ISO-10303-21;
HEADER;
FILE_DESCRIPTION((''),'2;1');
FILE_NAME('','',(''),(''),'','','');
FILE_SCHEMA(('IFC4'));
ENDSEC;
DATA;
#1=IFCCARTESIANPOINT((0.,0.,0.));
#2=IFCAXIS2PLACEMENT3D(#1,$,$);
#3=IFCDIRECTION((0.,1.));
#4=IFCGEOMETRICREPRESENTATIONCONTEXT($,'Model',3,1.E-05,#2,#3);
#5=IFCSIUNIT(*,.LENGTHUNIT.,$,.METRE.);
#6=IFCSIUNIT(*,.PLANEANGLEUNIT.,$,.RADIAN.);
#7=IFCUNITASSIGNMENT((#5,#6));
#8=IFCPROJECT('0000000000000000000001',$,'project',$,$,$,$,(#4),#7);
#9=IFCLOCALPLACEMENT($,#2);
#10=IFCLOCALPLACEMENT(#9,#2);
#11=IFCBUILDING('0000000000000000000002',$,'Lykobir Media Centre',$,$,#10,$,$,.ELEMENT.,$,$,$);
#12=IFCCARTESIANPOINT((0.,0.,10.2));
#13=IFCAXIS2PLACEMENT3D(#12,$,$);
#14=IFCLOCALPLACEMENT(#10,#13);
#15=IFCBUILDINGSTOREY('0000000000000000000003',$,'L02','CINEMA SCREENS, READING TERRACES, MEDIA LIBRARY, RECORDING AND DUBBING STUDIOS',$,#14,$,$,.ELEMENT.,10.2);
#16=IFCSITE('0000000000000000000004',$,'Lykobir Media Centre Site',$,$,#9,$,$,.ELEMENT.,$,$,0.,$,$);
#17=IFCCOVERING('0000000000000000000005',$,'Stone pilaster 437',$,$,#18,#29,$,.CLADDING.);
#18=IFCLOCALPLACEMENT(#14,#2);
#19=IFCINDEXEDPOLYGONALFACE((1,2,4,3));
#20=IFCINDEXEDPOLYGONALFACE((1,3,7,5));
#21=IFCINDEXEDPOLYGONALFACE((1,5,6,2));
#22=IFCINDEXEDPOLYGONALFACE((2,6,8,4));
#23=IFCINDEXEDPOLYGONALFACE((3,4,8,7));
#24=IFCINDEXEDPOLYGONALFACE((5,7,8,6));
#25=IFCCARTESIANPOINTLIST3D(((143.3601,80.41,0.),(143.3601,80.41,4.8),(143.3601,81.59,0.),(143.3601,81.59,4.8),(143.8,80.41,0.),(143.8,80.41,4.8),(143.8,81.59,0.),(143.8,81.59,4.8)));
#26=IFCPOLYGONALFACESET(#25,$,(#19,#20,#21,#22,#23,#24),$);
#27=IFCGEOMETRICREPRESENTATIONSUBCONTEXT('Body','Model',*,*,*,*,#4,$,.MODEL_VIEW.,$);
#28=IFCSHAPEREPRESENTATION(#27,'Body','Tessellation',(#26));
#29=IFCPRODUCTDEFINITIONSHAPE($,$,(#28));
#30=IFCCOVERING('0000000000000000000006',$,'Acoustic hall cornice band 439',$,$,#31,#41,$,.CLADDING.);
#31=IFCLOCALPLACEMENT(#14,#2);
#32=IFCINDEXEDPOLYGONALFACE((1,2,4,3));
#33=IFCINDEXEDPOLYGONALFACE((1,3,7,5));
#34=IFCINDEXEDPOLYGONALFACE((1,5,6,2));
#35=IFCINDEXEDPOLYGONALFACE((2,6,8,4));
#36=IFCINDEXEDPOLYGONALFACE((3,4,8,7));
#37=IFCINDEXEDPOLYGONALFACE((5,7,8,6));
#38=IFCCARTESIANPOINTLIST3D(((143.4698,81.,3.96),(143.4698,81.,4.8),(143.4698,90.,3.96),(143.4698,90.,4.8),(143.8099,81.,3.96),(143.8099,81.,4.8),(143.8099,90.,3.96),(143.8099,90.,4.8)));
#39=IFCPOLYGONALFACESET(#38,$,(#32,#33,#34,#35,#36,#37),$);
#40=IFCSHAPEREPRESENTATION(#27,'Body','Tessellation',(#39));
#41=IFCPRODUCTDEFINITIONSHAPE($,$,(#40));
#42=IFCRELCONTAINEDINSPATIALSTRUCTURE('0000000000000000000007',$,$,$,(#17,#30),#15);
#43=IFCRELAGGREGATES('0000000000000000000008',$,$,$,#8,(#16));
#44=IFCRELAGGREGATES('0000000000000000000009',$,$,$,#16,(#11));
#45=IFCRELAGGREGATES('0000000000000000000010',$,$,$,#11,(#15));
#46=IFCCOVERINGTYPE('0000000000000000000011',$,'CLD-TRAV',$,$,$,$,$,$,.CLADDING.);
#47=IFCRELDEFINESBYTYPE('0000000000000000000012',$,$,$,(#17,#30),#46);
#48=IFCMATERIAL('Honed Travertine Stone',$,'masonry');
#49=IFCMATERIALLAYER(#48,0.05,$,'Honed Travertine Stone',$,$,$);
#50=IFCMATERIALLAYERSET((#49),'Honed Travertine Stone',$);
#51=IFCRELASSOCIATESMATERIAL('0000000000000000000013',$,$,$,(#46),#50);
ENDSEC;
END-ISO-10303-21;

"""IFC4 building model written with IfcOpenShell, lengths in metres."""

from ifc_helpers import new_model, si_unit, direction, frame, origin, origin_2d, place, context, subcontext, project, spatial, rectangle, extrude, material, layer, layer_set, type_object, element, save


model = new_model("IFC4")

# Units and contexts
model_context = context("Model", 3, precision=1e-05, world=origin(), true_north=direction((0.0, 1.0)))
body_context = subcontext(model_context, "Body", "Model", "MODEL_VIEW")
ifc_project = project(units=[si_unit("LENGTHUNIT", "METRE"), si_unit("PLANEANGLEUNIT", "RADIAN")], contexts=[model_context])

# Site, building, storey
site_placement = place(None, origin())
site = spatial("IfcSite", under=ifc_project, at=site_placement, Name="Lykobir Media Centre Site", CompositionType="ELEMENT", RefElevation=0.0)
building_placement = place(site_placement, origin())
building = spatial("IfcBuilding", under=site, at=building_placement, Name="Lykobir Media Centre", CompositionType="ELEMENT")
storey_placement = place(building_placement, frame((0.0, 0.0, 10.2)))
storey = spatial("IfcBuildingStorey", under=building, at=storey_placement, Name="L02", Description="CINEMA SCREENS, READING TERRACES, MEDIA LIBRARY, RECORDING AND DUBBING STUDIOS", CompositionType="ELEMENT", Elevation=10.2)

# Coverings
ifc_material_1 = material(Name="Honed Travertine Stone", Category="masonry")
ifc_layer_1 = layer(ifc_material_1, 0.05, Name="Honed Travertine Stone")
ifc_layer_set_1 = layer_set([ifc_layer_1], Name="Honed Travertine Stone")
covering_type = type_object("IfcCoveringType", Name="CLD-TRAV", PredefinedType="CLADDING", material=ifc_layer_set_1)
covering_1_placement = place(storey_placement, frame((143.5801, 81.0, 0.0), z_axis=(0.0, 0.0, 1.0), x_axis=(0.0, -1.0, 0.0)))
element("IfcCovering", 1, at=covering_1_placement, inside=storey, type_object=covering_type, Name="Stone pilaster 437", PredefinedType="CLADDING", context=body_context, shape_type="SweptSolid", body=[
    extrude(rectangle(XDim=1.1799, YDim=0.4399, at=origin_2d()), origin(), (0.0, 0.0, 1.0), 4.8),
])
covering_2_placement = place(storey_placement, frame((143.6399, 85.5, 3.96), z_axis=(0.0, 0.0, 1.0), x_axis=(0.0, -1.0, 0.0)))
element("IfcCovering", 2, at=covering_2_placement, inside=storey, type_object=covering_type, Name="Acoustic hall cornice band 439", PredefinedType="CLADDING", context=body_context, shape_type="SweptSolid", body=[
    extrude(rectangle(XDim=9.0, YDim=0.3401, at=origin_2d()), origin(), (0.0, 0.0, 1.0), 0.8401),
])

save(model, "model.ifc")
